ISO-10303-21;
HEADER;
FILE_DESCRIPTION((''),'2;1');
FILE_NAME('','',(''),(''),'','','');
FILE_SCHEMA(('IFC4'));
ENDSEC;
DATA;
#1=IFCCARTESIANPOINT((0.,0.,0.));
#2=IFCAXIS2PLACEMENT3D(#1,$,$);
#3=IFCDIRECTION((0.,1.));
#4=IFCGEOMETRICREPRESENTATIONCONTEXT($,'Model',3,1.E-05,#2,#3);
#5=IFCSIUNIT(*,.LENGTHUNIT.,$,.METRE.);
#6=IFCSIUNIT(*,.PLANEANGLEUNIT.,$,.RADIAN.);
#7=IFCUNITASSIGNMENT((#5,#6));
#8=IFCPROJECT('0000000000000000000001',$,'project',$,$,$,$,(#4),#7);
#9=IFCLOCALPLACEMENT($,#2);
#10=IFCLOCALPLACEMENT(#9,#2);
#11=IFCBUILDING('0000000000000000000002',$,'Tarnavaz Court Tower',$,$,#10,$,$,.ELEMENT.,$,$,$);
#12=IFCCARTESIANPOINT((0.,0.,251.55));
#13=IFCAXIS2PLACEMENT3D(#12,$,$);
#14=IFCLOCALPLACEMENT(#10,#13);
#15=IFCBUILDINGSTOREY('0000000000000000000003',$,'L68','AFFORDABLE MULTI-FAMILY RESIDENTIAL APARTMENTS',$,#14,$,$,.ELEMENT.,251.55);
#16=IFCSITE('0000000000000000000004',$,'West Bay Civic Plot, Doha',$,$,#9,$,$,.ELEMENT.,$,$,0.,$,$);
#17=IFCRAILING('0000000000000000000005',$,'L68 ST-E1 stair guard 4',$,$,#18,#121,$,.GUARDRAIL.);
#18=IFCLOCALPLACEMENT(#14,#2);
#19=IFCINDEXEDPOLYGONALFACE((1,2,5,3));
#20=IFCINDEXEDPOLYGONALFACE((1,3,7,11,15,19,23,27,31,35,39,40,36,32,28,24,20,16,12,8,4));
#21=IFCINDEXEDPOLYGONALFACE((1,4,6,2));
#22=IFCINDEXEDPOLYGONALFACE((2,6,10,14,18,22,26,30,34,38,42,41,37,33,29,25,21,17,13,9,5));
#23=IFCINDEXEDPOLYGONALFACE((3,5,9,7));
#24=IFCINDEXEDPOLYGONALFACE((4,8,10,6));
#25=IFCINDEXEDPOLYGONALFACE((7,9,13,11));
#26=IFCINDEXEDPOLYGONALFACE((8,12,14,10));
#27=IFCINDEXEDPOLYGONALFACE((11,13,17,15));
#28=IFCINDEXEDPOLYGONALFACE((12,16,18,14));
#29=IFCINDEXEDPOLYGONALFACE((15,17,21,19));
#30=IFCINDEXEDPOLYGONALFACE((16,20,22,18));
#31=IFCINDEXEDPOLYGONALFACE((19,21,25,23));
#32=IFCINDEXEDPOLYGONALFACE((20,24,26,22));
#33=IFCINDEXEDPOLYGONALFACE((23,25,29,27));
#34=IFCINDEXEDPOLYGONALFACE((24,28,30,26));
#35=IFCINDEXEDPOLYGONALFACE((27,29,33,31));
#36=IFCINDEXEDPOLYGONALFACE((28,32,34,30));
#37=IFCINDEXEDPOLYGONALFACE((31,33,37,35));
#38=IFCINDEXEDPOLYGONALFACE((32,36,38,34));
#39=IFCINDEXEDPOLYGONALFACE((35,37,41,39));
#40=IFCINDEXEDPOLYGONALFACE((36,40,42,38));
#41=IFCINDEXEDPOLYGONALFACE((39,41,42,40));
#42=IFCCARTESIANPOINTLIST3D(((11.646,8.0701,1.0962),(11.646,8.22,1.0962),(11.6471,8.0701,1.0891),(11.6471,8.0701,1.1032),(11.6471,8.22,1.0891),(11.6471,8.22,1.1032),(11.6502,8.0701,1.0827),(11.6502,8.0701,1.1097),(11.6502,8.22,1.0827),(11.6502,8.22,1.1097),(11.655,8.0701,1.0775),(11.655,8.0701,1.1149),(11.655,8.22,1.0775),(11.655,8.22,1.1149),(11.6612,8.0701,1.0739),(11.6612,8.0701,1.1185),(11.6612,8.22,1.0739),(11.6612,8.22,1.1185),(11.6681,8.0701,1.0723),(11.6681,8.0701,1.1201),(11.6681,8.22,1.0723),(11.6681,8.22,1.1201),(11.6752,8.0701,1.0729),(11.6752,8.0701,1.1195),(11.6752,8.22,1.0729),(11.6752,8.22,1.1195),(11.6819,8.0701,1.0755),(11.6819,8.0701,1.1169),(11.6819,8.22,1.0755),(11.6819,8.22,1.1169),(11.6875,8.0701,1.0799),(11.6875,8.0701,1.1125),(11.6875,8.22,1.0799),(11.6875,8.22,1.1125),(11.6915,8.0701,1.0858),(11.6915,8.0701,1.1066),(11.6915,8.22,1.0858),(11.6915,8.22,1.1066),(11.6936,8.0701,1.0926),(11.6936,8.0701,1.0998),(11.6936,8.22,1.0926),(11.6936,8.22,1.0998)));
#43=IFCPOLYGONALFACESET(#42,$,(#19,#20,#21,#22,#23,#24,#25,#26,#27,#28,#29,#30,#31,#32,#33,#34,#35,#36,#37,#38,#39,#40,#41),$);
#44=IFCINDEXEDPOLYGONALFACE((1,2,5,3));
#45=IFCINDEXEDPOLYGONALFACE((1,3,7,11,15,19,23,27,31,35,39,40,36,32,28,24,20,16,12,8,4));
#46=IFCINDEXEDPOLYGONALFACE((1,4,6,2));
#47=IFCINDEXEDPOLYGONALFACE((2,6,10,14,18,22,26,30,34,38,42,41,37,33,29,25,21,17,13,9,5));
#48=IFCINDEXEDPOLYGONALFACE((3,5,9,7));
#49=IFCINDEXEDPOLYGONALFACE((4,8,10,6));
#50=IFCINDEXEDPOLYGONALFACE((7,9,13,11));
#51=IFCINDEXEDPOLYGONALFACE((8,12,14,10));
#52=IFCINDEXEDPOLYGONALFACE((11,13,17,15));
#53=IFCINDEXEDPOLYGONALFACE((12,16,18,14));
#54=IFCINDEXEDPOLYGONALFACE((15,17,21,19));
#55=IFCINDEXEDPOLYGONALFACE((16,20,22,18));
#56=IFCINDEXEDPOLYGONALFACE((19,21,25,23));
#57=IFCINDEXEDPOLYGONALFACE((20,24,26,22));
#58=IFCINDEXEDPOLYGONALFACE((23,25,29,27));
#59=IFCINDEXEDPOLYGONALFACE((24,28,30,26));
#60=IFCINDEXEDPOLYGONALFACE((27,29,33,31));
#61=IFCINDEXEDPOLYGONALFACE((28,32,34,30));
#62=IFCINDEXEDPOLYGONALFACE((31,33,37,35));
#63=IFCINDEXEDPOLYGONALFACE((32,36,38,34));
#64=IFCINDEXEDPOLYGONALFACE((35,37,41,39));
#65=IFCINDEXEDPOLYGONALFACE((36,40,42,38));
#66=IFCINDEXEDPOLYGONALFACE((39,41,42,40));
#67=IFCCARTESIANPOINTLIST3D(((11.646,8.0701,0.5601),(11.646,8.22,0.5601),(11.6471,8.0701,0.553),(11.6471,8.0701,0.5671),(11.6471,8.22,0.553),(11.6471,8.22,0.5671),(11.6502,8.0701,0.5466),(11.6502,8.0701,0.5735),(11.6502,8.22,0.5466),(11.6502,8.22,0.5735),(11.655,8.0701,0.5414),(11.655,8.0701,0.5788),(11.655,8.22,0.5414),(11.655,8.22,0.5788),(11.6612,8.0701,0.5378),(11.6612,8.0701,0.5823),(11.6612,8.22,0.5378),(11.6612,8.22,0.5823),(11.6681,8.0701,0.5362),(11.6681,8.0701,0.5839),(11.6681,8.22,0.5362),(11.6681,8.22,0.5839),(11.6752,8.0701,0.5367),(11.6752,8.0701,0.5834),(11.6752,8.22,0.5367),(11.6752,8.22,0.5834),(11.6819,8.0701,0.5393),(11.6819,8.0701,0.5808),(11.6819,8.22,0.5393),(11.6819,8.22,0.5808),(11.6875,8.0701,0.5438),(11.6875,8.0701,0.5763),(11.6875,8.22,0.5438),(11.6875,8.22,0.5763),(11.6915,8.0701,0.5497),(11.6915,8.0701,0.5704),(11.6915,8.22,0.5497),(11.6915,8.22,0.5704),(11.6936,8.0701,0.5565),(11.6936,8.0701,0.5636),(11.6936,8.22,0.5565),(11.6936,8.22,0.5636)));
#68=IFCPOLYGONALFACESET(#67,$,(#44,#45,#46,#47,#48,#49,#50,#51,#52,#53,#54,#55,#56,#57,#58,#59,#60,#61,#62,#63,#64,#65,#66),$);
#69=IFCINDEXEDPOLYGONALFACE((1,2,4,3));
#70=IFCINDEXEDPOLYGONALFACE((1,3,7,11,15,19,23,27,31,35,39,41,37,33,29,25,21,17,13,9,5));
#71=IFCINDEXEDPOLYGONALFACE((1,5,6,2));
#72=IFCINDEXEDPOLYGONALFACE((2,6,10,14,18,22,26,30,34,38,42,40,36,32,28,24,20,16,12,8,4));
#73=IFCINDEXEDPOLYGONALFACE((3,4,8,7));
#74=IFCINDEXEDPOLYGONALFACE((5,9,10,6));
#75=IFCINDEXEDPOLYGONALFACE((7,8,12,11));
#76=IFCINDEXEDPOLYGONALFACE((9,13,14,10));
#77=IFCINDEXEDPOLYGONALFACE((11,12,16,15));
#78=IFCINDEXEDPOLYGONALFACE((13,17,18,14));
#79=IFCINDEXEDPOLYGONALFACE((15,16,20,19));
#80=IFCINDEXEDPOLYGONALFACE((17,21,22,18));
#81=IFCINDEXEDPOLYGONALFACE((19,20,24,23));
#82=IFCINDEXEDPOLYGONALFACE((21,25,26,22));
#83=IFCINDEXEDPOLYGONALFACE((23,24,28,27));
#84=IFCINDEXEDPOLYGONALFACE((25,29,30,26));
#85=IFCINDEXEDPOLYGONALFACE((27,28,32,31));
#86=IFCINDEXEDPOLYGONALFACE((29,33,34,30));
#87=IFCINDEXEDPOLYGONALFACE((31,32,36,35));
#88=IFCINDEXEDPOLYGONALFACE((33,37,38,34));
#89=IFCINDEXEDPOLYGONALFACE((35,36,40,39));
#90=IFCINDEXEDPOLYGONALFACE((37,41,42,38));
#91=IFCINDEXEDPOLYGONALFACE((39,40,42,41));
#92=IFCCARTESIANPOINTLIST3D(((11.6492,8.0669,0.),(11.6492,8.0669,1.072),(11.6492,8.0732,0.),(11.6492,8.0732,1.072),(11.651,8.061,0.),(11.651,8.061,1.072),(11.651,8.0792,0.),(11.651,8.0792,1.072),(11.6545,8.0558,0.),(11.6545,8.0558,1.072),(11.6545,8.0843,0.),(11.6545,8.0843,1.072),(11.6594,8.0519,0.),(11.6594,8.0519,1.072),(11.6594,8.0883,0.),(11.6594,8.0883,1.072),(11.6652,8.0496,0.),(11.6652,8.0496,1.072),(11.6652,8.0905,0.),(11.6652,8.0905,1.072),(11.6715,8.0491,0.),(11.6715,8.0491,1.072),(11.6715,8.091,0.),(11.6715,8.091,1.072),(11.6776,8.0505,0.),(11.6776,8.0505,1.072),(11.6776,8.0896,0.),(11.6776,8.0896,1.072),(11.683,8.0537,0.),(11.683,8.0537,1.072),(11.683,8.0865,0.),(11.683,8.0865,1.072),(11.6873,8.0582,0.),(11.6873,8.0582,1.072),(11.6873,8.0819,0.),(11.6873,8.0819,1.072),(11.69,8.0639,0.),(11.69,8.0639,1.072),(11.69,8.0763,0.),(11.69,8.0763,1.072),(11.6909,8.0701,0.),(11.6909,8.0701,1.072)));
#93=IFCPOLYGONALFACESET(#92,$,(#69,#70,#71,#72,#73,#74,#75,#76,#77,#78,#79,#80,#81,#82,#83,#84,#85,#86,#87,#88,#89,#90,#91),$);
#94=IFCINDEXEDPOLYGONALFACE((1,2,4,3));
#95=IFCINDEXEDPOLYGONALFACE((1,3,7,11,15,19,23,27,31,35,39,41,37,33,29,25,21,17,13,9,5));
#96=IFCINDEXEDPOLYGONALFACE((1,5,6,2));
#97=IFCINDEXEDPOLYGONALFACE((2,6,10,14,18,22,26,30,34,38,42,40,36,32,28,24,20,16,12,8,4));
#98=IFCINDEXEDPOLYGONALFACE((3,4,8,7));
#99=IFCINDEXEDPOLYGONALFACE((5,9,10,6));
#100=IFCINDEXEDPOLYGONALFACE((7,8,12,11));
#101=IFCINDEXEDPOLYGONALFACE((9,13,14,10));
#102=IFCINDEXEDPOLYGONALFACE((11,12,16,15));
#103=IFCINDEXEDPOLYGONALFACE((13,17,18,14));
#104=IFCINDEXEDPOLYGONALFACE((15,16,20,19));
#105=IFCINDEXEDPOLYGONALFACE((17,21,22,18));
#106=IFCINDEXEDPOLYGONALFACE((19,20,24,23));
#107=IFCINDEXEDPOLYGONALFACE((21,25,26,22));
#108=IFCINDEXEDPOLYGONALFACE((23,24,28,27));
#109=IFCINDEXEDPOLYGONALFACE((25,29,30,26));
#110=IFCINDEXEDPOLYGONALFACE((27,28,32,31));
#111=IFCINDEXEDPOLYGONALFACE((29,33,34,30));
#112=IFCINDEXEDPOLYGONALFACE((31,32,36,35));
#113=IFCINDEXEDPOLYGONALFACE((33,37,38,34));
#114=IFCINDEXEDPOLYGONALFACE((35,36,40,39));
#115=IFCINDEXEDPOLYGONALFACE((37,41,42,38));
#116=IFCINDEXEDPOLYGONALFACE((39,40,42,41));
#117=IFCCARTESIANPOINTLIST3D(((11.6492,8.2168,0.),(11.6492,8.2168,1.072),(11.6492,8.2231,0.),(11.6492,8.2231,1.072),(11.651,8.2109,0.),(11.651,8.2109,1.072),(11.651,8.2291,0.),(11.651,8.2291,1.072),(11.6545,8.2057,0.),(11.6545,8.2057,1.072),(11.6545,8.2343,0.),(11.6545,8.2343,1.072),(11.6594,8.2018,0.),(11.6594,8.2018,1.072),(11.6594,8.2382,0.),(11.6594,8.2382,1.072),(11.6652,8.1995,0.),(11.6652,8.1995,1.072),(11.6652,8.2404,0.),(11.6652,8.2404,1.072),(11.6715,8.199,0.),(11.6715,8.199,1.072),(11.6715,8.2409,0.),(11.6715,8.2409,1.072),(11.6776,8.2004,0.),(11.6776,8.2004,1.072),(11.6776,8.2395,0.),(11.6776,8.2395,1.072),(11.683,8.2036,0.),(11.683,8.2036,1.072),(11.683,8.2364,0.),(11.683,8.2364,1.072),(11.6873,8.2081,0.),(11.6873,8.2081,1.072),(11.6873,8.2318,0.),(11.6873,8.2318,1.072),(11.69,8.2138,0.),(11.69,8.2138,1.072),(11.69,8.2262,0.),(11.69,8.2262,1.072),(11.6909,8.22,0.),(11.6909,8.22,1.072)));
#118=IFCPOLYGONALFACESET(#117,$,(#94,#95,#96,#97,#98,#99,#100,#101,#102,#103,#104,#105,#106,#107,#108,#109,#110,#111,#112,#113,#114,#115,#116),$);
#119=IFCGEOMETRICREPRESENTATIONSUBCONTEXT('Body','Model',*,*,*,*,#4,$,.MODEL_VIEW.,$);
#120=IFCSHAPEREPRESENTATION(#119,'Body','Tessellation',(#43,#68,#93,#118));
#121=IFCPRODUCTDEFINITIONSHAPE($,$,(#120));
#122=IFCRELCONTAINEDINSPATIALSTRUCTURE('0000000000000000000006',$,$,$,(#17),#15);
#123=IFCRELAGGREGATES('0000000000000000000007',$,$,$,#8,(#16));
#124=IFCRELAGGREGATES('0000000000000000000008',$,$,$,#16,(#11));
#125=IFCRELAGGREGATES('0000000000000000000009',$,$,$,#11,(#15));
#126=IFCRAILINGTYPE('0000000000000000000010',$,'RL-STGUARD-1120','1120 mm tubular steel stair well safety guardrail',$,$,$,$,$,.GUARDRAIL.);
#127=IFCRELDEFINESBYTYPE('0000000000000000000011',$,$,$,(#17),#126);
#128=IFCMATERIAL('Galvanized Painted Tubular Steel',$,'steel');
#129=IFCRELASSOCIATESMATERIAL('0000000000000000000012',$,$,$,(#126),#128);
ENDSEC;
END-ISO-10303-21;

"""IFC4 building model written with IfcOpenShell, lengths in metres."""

from ifc_helpers import new_model, si_unit, direction, frame, origin, origin_2d, place, context, subcontext, project, spatial, circle, extrude, material, type_object, element, save


model = new_model("IFC4")

# Units and contexts
model_context = context("Model", 3, precision=1e-05, world=origin(), true_north=direction((0.0, 1.0)))
body_context = subcontext(model_context, "Body", "Model", "MODEL_VIEW")
ifc_project = project(units=[si_unit("LENGTHUNIT", "METRE"), si_unit("PLANEANGLEUNIT", "RADIAN")], contexts=[model_context])

# Site, building, storey
site_placement = place(None, origin())
site = spatial("IfcSite", under=ifc_project, at=site_placement, Name="West Bay Civic Plot, Doha", CompositionType="ELEMENT", RefElevation=0.0)
building_placement = place(site_placement, origin())
building = spatial("IfcBuilding", under=site, at=building_placement, Name="Tarnavaz Court Tower", CompositionType="ELEMENT")
storey_placement = place(building_placement, frame((0.0, 0.0, 251.55)))
storey = spatial("IfcBuildingStorey", under=building, at=storey_placement, Name="L68", Description="AFFORDABLE MULTI-FAMILY RESIDENTIAL APARTMENTS", CompositionType="ELEMENT", Elevation=251.55)

# Railing
ifc_material_1 = material(Name="Galvanized Painted Tubular Steel", Category="steel")
railing_type_1 = type_object("IfcRailingType", Name="RL-STGUARD-1120", Description="1120 mm tubular steel stair well safety guardrail", PredefinedType="GUARDRAIL", material=ifc_material_1)
railing_1_placement = place(storey_placement, frame((11.6699, 8.0701, 0.0)))
element("IfcRailing", 1, at=railing_1_placement, inside=storey, type_object=railing_type_1, Name="L68 ST-E1 stair guard 4", PredefinedType="GUARDRAIL", context=body_context, shape_type="SweptSolid", body=[
    extrude(circle(Radius=0.0239, at=origin_2d()), frame((0.0, 0.0, 1.0962), z_axis=(0.0, 1.0, 0.0), x_axis=(-1.0, 0.0, 0.0)), (0.0, 0.0, 1.0), 0.1499),
    extrude(circle(Radius=0.0239, at=origin_2d()), frame((0.0, 0.0, 0.5601), z_axis=(0.0, 1.0, 0.0), x_axis=(-1.0, 0.0, 0.0)), (0.0, 0.0, 1.0), 0.1499),
    extrude(circle(Radius=0.021, at=origin_2d()), origin(), (0.0, 0.0, 1.0), 1.072),
    extrude(circle(Radius=0.021, at=origin_2d()), frame((0.0, 0.1499, 0.0)), (0.0, 0.0, 1.0), 1.072),
])

save(model, "model.ifc")
